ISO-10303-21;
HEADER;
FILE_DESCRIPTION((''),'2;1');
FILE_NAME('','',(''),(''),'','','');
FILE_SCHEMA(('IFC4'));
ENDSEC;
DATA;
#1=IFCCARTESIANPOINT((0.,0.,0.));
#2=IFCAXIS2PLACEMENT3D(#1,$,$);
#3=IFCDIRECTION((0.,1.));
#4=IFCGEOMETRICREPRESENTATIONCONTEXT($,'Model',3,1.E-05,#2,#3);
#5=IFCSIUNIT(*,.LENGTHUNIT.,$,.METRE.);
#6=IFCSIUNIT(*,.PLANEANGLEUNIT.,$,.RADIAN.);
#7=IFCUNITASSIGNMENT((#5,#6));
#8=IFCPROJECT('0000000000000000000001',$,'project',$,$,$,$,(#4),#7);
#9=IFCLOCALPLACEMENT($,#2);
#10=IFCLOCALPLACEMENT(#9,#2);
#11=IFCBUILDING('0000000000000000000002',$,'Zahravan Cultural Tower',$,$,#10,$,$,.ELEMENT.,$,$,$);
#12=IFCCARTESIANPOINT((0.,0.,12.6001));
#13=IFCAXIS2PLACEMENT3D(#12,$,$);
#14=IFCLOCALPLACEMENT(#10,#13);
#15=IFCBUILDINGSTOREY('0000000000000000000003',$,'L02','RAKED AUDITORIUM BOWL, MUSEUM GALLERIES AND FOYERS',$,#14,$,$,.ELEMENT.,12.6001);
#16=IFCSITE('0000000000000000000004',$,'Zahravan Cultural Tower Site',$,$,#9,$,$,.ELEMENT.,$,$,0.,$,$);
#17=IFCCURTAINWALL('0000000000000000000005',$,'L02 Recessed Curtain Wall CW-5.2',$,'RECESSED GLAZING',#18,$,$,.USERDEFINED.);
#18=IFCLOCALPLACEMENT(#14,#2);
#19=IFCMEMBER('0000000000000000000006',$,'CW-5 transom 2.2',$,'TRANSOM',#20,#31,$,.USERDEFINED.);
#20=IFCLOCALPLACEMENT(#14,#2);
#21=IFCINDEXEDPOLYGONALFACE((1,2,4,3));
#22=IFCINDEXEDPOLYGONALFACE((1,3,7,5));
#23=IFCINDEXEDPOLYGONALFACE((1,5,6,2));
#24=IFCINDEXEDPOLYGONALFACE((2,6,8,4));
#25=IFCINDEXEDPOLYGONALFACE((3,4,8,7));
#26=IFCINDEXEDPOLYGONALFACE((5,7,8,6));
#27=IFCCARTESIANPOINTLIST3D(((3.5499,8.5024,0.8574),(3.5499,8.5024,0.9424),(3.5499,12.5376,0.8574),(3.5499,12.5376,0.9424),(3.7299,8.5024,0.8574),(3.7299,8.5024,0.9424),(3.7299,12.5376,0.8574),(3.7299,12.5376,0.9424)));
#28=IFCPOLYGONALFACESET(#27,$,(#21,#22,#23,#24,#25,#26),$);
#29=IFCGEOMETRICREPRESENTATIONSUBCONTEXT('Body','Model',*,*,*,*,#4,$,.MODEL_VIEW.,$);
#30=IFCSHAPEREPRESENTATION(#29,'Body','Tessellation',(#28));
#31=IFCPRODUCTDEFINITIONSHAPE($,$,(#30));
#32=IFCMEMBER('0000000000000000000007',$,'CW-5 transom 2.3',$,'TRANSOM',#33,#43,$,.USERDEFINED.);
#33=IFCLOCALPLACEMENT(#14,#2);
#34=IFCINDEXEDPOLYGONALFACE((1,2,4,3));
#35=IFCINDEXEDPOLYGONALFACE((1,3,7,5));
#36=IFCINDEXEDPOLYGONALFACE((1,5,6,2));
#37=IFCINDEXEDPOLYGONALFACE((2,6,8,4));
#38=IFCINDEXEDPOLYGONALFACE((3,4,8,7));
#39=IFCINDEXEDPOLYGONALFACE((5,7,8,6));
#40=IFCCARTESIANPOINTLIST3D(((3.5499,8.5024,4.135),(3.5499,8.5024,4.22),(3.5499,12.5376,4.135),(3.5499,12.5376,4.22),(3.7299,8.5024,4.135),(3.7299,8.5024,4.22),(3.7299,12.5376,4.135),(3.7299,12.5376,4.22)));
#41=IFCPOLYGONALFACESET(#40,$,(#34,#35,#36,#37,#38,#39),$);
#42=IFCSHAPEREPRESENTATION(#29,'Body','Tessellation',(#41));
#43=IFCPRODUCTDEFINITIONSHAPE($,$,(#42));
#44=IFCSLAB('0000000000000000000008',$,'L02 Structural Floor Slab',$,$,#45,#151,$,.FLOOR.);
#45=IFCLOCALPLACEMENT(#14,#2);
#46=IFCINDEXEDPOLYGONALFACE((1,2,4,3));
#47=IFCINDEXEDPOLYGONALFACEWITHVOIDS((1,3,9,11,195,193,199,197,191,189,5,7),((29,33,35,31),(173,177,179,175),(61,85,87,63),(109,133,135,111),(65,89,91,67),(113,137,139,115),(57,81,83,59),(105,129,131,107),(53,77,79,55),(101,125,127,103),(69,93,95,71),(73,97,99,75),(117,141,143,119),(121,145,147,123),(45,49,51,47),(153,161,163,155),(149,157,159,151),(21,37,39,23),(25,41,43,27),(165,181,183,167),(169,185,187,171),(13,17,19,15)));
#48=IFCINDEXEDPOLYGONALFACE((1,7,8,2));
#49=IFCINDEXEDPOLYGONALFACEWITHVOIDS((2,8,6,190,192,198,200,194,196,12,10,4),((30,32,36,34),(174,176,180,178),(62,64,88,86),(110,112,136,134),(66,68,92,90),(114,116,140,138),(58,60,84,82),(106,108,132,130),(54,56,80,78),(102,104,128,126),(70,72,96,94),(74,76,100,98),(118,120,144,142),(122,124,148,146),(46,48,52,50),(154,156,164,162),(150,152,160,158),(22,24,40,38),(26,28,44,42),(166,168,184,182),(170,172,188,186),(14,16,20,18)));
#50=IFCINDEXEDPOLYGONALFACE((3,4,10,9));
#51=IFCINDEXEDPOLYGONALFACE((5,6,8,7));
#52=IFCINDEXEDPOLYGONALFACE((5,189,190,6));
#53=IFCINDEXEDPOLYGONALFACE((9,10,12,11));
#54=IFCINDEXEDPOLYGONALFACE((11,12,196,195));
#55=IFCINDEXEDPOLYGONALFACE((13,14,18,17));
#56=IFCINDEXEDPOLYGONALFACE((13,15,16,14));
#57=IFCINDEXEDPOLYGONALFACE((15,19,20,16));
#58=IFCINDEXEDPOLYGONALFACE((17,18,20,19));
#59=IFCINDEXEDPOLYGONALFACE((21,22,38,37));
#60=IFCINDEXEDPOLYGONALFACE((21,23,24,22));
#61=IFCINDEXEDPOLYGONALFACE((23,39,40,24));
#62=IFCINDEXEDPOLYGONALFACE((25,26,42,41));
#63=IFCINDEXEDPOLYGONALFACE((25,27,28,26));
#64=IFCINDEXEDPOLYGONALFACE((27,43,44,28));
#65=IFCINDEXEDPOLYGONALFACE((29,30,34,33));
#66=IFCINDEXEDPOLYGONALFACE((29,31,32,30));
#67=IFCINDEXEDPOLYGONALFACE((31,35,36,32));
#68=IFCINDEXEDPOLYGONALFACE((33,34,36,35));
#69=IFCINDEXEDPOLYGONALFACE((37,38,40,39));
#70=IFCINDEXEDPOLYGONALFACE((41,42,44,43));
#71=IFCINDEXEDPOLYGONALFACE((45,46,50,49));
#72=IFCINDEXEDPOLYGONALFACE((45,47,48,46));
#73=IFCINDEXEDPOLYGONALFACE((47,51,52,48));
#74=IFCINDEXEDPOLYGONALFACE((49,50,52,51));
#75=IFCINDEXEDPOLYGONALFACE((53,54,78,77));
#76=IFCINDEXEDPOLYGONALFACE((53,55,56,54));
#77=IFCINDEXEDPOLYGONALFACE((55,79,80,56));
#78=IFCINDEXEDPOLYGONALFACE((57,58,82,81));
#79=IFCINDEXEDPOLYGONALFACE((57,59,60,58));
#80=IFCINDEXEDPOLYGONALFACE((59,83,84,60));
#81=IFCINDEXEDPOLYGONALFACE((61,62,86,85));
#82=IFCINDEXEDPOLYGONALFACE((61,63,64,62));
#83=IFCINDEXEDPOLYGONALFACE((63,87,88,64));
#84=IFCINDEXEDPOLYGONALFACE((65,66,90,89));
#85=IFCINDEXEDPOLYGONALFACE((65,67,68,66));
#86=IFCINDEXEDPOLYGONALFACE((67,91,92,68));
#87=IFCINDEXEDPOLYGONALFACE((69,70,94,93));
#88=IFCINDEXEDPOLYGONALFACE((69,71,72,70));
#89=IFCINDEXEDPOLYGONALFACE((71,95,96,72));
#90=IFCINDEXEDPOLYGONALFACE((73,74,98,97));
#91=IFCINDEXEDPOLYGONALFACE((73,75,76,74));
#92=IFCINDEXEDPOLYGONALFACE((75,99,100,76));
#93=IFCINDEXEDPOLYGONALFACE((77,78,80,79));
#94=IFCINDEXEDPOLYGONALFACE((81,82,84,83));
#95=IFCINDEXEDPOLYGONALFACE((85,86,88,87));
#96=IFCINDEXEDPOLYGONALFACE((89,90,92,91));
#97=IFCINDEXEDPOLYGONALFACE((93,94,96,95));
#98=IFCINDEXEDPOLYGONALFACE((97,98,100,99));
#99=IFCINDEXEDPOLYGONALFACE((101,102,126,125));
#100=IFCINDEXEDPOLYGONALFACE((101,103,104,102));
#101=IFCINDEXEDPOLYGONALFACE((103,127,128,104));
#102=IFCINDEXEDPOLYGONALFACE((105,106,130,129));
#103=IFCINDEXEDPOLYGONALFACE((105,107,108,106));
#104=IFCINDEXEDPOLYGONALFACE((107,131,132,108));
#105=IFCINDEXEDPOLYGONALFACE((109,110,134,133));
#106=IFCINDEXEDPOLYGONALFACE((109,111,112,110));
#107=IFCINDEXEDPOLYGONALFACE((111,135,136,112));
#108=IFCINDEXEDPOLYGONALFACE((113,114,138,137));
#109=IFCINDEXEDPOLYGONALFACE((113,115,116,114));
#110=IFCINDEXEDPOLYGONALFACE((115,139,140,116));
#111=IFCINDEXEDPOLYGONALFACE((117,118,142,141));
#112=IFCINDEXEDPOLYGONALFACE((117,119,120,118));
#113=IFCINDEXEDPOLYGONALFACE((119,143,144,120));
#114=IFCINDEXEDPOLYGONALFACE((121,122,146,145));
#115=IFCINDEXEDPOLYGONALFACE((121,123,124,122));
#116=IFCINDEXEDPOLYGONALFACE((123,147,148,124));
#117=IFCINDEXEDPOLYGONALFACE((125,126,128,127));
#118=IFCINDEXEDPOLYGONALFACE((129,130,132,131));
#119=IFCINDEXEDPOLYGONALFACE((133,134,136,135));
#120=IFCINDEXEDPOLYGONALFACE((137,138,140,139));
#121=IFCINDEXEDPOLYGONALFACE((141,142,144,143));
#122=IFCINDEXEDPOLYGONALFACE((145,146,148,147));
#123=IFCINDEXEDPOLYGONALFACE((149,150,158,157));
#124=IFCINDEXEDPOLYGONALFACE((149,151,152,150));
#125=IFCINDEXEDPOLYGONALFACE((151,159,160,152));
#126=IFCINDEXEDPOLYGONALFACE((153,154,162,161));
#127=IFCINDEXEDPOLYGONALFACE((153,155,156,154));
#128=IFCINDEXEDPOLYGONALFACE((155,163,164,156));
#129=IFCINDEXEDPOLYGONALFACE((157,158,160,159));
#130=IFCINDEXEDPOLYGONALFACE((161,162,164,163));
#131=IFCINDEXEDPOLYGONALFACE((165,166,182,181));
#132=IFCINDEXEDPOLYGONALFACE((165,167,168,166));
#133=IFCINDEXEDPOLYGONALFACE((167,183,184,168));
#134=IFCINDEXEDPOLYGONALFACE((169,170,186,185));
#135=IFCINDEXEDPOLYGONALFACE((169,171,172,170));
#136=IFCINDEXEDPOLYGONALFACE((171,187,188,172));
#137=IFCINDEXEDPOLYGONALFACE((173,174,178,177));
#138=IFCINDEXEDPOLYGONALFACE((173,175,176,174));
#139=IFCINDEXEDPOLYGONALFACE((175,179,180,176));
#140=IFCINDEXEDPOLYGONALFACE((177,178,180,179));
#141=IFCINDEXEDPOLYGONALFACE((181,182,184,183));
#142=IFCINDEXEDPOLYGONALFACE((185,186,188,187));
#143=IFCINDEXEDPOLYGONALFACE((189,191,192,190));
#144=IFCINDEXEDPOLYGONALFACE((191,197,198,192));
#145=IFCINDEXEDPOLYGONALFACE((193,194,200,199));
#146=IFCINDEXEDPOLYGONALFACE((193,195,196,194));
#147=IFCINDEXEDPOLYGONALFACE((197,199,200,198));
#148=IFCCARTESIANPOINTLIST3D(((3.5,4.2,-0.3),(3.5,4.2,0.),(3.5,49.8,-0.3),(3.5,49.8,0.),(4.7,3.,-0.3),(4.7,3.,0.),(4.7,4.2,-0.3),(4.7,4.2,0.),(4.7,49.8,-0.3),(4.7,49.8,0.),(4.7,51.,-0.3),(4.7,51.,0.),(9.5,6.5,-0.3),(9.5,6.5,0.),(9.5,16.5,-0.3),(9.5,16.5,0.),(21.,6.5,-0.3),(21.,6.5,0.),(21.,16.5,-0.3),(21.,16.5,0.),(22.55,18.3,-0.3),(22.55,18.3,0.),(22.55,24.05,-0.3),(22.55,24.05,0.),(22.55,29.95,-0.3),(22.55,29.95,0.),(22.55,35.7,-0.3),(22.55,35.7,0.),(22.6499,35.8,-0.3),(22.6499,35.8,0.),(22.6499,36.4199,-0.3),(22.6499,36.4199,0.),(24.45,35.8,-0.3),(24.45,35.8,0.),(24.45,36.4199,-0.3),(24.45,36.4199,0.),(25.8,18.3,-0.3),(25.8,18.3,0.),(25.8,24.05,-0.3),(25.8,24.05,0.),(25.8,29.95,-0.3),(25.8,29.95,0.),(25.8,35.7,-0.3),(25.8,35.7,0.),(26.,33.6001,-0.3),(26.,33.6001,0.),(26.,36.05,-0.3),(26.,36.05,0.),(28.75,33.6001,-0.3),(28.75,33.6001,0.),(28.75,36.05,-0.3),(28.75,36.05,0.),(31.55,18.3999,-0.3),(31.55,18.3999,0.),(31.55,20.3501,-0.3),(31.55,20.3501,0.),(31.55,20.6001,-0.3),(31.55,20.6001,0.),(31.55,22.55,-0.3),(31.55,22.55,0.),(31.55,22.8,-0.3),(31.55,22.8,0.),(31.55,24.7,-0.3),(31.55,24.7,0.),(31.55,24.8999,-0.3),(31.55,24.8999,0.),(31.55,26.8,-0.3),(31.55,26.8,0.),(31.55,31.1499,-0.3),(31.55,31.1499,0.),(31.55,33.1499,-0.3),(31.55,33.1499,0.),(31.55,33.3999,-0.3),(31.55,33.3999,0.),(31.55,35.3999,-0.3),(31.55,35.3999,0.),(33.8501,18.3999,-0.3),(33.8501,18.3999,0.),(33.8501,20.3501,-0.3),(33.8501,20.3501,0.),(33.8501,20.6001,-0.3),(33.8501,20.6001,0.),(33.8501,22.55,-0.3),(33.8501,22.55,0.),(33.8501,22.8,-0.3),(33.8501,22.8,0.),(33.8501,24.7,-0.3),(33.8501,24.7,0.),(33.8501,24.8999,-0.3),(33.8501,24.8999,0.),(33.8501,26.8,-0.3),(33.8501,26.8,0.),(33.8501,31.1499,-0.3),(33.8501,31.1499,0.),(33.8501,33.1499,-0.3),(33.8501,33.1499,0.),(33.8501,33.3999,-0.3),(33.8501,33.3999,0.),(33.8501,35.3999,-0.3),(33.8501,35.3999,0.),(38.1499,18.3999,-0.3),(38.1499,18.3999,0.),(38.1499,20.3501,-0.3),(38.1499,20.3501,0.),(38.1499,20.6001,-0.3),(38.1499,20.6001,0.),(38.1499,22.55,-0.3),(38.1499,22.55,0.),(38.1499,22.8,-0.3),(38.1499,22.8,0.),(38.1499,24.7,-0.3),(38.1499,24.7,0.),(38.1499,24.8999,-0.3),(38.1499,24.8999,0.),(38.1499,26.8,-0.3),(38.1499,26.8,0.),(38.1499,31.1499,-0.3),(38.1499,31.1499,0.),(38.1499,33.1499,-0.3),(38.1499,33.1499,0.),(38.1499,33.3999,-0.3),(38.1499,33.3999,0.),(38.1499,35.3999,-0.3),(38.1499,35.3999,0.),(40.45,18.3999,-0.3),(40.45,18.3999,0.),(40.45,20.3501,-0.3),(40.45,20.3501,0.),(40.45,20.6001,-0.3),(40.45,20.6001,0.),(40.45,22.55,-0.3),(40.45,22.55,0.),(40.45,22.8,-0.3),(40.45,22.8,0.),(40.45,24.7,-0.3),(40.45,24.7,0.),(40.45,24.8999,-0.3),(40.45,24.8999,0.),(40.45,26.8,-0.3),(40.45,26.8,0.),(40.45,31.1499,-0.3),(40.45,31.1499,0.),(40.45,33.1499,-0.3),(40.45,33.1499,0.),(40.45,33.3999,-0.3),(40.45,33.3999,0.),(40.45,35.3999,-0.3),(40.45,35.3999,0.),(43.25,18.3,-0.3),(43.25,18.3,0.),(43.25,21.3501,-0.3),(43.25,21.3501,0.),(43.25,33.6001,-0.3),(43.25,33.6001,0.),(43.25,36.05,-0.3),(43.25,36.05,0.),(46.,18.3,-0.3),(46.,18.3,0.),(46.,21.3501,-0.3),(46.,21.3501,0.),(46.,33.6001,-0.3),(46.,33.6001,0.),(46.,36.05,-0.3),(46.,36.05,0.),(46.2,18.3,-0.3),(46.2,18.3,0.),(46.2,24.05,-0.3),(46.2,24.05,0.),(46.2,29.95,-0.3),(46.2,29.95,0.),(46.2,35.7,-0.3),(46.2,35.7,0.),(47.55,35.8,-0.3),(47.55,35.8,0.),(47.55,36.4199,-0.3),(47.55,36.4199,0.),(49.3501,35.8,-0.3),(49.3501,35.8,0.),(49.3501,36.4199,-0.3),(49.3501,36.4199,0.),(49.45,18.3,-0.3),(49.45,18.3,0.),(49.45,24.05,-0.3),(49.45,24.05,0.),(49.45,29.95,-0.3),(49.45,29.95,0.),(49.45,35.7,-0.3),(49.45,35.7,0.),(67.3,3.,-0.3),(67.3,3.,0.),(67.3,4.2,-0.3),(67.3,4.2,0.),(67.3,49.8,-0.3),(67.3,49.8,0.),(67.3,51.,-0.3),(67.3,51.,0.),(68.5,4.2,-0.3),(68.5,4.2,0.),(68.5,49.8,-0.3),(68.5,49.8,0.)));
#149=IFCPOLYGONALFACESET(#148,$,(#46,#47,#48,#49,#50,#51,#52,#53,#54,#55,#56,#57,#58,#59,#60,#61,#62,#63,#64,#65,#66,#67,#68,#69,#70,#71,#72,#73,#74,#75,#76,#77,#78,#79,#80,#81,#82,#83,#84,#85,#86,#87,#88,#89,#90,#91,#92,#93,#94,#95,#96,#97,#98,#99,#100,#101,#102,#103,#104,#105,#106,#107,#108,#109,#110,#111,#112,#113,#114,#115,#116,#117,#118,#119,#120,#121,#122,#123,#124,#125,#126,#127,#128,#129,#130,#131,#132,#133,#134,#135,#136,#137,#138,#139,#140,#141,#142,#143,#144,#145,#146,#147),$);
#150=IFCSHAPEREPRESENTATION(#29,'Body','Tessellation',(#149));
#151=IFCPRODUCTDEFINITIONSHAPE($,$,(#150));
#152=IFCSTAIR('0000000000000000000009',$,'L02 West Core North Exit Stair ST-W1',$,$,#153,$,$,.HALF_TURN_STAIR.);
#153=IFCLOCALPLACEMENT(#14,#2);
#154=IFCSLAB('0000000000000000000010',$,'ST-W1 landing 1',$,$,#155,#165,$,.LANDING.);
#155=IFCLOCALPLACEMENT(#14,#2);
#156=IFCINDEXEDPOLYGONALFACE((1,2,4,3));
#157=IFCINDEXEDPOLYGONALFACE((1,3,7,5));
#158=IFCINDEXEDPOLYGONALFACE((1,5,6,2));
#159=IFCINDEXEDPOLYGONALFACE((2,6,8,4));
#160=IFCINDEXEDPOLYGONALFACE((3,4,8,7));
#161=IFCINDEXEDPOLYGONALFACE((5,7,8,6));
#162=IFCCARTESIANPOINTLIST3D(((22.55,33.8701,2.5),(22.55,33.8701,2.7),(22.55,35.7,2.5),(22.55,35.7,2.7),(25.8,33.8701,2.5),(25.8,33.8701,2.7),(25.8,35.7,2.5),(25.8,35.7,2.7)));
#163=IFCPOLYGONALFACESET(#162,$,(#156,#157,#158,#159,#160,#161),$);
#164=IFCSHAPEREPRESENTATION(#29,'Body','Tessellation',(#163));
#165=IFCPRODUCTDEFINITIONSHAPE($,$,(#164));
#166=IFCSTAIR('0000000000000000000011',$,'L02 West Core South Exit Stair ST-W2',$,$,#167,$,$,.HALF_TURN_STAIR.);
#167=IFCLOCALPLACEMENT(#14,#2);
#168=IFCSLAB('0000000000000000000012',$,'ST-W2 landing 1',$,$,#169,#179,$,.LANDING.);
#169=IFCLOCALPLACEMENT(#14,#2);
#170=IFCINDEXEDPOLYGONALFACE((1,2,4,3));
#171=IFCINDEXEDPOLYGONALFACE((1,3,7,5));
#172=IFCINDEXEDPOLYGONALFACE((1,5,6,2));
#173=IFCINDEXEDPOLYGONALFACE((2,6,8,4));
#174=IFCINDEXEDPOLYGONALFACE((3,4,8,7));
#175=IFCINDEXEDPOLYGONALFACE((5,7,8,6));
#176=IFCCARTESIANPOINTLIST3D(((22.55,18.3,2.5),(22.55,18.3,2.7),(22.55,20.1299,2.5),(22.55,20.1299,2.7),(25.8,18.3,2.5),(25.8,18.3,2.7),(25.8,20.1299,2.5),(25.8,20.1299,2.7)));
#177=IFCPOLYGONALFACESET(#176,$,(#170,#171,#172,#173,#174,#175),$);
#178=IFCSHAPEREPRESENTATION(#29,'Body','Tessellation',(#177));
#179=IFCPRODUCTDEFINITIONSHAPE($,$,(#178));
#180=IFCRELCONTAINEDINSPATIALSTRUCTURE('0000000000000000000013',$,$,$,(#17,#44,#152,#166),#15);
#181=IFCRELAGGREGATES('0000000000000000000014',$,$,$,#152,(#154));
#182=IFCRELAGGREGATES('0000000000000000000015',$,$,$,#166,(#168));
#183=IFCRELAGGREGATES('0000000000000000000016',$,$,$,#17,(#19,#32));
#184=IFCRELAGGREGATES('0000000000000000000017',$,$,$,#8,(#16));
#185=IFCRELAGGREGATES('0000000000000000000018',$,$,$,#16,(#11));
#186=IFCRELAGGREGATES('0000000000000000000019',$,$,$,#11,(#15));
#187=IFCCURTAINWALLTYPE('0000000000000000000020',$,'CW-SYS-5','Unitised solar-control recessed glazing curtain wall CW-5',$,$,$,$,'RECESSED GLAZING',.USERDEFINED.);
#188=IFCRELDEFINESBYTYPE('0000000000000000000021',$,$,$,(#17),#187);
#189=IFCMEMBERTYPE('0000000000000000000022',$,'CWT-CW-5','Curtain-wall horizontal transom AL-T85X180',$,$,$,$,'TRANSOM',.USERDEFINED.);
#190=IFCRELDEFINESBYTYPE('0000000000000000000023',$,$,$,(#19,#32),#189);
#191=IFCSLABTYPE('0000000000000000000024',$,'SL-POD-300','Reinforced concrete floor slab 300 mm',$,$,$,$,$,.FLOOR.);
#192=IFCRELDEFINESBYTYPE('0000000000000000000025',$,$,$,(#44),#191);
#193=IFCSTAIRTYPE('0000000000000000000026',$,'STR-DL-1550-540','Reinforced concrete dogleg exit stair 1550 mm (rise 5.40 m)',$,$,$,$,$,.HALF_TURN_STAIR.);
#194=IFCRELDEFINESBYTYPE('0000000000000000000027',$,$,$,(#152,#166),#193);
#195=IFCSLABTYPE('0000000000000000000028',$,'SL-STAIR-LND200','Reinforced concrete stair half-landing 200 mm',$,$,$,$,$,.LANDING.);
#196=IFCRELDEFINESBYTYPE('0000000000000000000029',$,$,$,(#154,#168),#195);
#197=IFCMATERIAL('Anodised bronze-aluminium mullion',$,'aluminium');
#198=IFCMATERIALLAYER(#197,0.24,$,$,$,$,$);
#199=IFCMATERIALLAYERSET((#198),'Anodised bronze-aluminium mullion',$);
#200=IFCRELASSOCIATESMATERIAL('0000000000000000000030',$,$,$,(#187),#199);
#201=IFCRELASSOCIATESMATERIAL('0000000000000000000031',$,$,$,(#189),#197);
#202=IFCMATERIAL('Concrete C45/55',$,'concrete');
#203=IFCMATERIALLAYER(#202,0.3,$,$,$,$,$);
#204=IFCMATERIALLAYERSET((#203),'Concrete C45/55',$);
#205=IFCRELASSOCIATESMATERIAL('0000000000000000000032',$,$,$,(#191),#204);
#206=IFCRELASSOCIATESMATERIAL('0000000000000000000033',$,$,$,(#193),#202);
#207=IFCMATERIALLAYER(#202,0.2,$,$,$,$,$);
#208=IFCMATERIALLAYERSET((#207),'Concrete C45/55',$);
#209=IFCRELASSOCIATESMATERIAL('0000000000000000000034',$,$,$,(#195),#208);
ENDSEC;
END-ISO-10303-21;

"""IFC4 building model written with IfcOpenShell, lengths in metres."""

from ifc_helpers import new_model, si_unit, direction, frame, origin, origin_2d, place, context, subcontext, project, spatial, polyline, rectangle, outline, extrude, source, transform, mapped, material, layer, layer_set, material_profile, profile_set, type_object, element, aggregate, save


model = new_model("IFC4")

# Units and contexts
model_context = context("Model", 3, precision=1e-05, world=origin(), true_north=direction((0.0, 1.0)))
body_context = subcontext(model_context, "Body", "Model", "MODEL_VIEW")
ifc_project = project(units=[si_unit("LENGTHUNIT", "METRE"), si_unit("PLANEANGLEUNIT", "RADIAN")], contexts=[model_context])

# Site, building, storey
site_placement = place(None, origin())
site = spatial("IfcSite", under=ifc_project, at=site_placement, Name="Zahravan Cultural Tower Site", CompositionType="ELEMENT", RefElevation=0.0)
building_placement = place(site_placement, origin())
building = spatial("IfcBuilding", under=site, at=building_placement, Name="Zahravan Cultural Tower", CompositionType="ELEMENT")
storey_placement = place(building_placement, frame((0.0, 0.0, 12.6001)))
storey = spatial("IfcBuildingStorey", under=building, at=storey_placement, Name="L02", Description="RAKED AUDITORIUM BOWL, MUSEUM GALLERIES AND FOYERS", CompositionType="ELEMENT", Elevation=12.6001)

# Curtain wall, members
ifc_material_1 = material(Name="Anodised bronze-aluminium mullion", Category="aluminium")
ifc_layer_1 = layer(ifc_material_1, 0.24)
ifc_layer_set_1 = layer_set([ifc_layer_1], Name="Anodised bronze-aluminium mullion")
curtain_wall_type = type_object("IfcCurtainWallType", Name="CW-SYS-5", Description="Unitised solar-control recessed glazing curtain wall CW-5", ElementType="RECESSED GLAZING", PredefinedType="USERDEFINED", material=ifc_layer_set_1)
curtain_wall_placement = place(storey_placement, origin())
curtain_wall = element("IfcCurtainWall", 1, at=curtain_wall_placement, inside=storey, type_object=curtain_wall_type, Name="L02 Recessed Curtain Wall CW-5.2", ObjectType="RECESSED GLAZING", PredefinedType="USERDEFINED")
ifc_material_profile_1 = material_profile(ifc_material_1, rectangle(XDim=0.1799, YDim=0.085, at=origin_2d()), Name="AL-T85X180")
ifc_profile_set_1 = profile_set([ifc_material_profile_1], Name="Anodised bronze-aluminium mullion")
member_type_1 = type_object("IfcMemberType", Name="CWT-CW-5", Description="Curtain-wall horizontal transom AL-T85X180", ElementType="TRANSOM", PredefinedType="USERDEFINED", material=ifc_profile_set_1)
shared_shape_1 = source(origin(), body_context, "Body", "SweptSolid", [
    extrude(rectangle(XDim=0.1799, YDim=0.085, at=origin_2d()), origin(), (0.0, 0.0, 1.0), 4.0352),
])
member_1_placement = place(storey_placement, frame((3.6399, 8.5024, 0.8999), z_axis=(0.0, 1.0, 0.0), x_axis=(-1.0, 0.0, 0.0)))
member_1 = element("IfcMember", 2, at=member_1_placement, type_object=member_type_1, Name="CW-5 transom 2.2", ObjectType="TRANSOM", PredefinedType="USERDEFINED", context=body_context, shape_type="MappedRepresentation", body=[
    mapped(shared_shape_1, transform((0.0, 0.0, 0.0), x_axis=(1.0, 0.0, 0.0), y_axis=(0.0, 1.0, 0.0), z_axis=(0.0, 0.0, 1.0), scale=1.0)),
])
member_2_placement = place(storey_placement, frame((3.6399, 8.5024, 4.1775), z_axis=(0.0, 1.0, 0.0), x_axis=(-1.0, 0.0, 0.0)))
member_2 = element("IfcMember", 3, at=member_2_placement, type_object=member_type_1, Name="CW-5 transom 2.3", ObjectType="TRANSOM", PredefinedType="USERDEFINED", context=body_context, shape_type="MappedRepresentation", body=[
    mapped(shared_shape_1, transform((0.0, 0.0, 0.0), x_axis=(1.0, 0.0, 0.0), y_axis=(0.0, 1.0, 0.0), z_axis=(0.0, 0.0, 1.0), scale=1.0)),
])

# Slab
ifc_material_2 = material(Name="Concrete C45/55", Category="concrete")
ifc_layer_2 = layer(ifc_material_2, 0.3)
ifc_layer_set_2 = layer_set([ifc_layer_2], Name="Concrete C45/55")
slab_type_1 = type_object("IfcSlabType", Name="SL-POD-300", Description="Reinforced concrete floor slab 300 mm", PredefinedType="FLOOR", material=ifc_layer_set_2)
slab_1_placement = place(storey_placement, frame((0.0, 0.0, -0.3)))
element("IfcSlab", 4, at=slab_1_placement, inside=storey, type_object=slab_type_1, Name="L02 Structural Floor Slab", PredefinedType="FLOOR", context=body_context, shape_type="SweptSolid", body=[
    extrude(outline(polyline([(68.5, 49.8), (67.3, 49.8), (67.3, 51.0), (4.7, 51.0), (4.7, 49.8), (3.5, 49.8), (3.5, 4.2), (4.7, 4.2), (4.7, 3.0), (67.3, 3.0), (67.3, 4.2), (68.5, 4.2), (68.5, 49.8)]), holes=[polyline([(22.55, 29.95), (22.55, 35.7), (25.8, 35.7), (25.8, 29.95), (22.55, 29.95)]), polyline([(22.55, 18.3), (22.55, 24.05), (25.8, 24.05), (25.8, 18.3), (22.55, 18.3)]), polyline([(46.2, 29.95), (46.2, 35.7), (49.45, 35.7), (49.45, 29.95), (46.2, 29.95)]), polyline([(46.2, 18.3), (46.2, 24.05), (49.45, 24.05), (49.45, 18.3), (46.2, 18.3)]), polyline([(26.0, 33.6001), (26.0, 36.05), (28.75, 36.05), (28.75, 33.6001), (26.0, 33.6001)]), polyline([(43.25, 33.6001), (43.25, 36.05), (46.0, 36.05), (46.0, 33.6001), (43.25, 33.6001)]), polyline([(43.25, 18.3), (43.25, 21.3501), (46.0, 21.3501), (46.0, 18.3), (43.25, 18.3)]), polyline([(31.55, 33.3999), (31.55, 35.3999), (33.8501, 35.3999), (33.8501, 33.3999), (31.55, 33.3999)]), polyline([(31.55, 31.1499), (31.55, 33.1499), (33.8501, 33.1499), (33.8501, 31.1499), (31.55, 31.1499)]), polyline([(38.1499, 33.3999), (38.1499, 35.3999), (40.45, 35.3999), (40.45, 33.3999), (38.1499, 33.3999)]), polyline([(38.1499, 31.1499), (38.1499, 33.1499), (40.45, 33.1499), (40.45, 31.1499), (38.1499, 31.1499)]), polyline([(31.55, 20.6001), (31.55, 22.55), (33.8501, 22.55), (33.8501, 20.6001), (31.55, 20.6001)]), polyline([(31.55, 18.3999), (31.55, 20.3501), (33.8501, 20.3501), (33.8501, 18.3999), (31.55, 18.3999)]), polyline([(38.1499, 20.6001), (38.1499, 22.55), (40.45, 22.55), (40.45, 20.6001), (38.1499, 20.6001)]), polyline([(38.1499, 18.3999), (38.1499, 20.3501), (40.45, 20.3501), (40.45, 18.3999), (38.1499, 18.3999)]), polyline([(31.55, 24.8999), (31.55, 26.8), (33.8501, 26.8), (33.8501, 24.8999), (31.55, 24.8999)]), polyline([(31.55, 22.8), (31.55, 24.7), (33.8501, 24.7), (33.8501, 22.8), (31.55, 22.8)]), polyline([(38.1499, 24.8999), (38.1499, 26.8), (40.45, 26.8), (40.45, 24.8999), (38.1499, 24.8999)]), polyline([(38.1499, 22.8), (38.1499, 24.7), (40.45, 24.7), (40.45, 22.8), (38.1499, 22.8)]), polyline([(22.6499, 35.8), (22.6499, 36.4199), (24.45, 36.4199), (24.45, 35.8), (22.6499, 35.8)]), polyline([(47.55, 35.8), (47.55, 36.4199), (49.3501, 36.4199), (49.3501, 35.8), (47.55, 35.8)]), polyline([(9.5, 6.5), (9.5, 16.5), (21.0, 16.5), (21.0, 6.5), (9.5, 6.5)])]), origin(), (0.0, 0.0, 1.0), 0.3),
])

# Stairs, slabs
stair_type = type_object("IfcStairType", Name="STR-DL-1550-540", Description="Reinforced concrete dogleg exit stair 1550 mm (rise 5.40 m)", PredefinedType="HALF_TURN_STAIR", material=ifc_material_2)
stair_1_placement = place(storey_placement, origin())
stair_1 = element("IfcStair", 5, at=stair_1_placement, inside=storey, type_object=stair_type, Name="L02 West Core North Exit Stair ST-W1", PredefinedType="HALF_TURN_STAIR")
ifc_layer_3 = layer(ifc_material_2, 0.2)
ifc_layer_set_3 = layer_set([ifc_layer_3], Name="Concrete C45/55")
slab_type_2 = type_object("IfcSlabType", Name="SL-STAIR-LND200", Description="Reinforced concrete stair half-landing 200 mm", PredefinedType="LANDING", material=ifc_layer_set_3)
slab_2_placement = place(storey_placement, frame((0.0, 0.0, 2.5)))
slab_2 = element("IfcSlab", 6, at=slab_2_placement, type_object=slab_type_2, Name="ST-W1 landing 1", PredefinedType="LANDING", context=body_context, shape_type="SweptSolid", body=[
    extrude(outline(polyline([(25.8, 33.8701), (25.8, 35.7), (22.55, 35.7), (22.55, 33.8701), (25.8, 33.8701)])), origin(), (0.0, 0.0, 1.0), 0.2),
])
aggregate(stair_1, [slab_2])
stair_2_placement = place(storey_placement, origin())
stair_2 = element("IfcStair", 7, at=stair_2_placement, inside=storey, type_object=stair_type, Name="L02 West Core South Exit Stair ST-W2", PredefinedType="HALF_TURN_STAIR")
slab_3_placement = place(storey_placement, frame((0.0, 0.0, 2.5)))
slab_3 = element("IfcSlab", 8, at=slab_3_placement, type_object=slab_type_2, Name="ST-W2 landing 1", PredefinedType="LANDING", context=body_context, shape_type="SweptSolid", body=[
    extrude(outline(polyline([(22.55, 20.1299), (22.55, 18.3), (25.8, 18.3), (25.8, 20.1299), (22.55, 20.1299)])), origin(), (0.0, 0.0, 1.0), 0.2),
])
aggregate(stair_2, [slab_3])

aggregate(curtain_wall, [member_1, member_2])

save(model, "model.ifc")
